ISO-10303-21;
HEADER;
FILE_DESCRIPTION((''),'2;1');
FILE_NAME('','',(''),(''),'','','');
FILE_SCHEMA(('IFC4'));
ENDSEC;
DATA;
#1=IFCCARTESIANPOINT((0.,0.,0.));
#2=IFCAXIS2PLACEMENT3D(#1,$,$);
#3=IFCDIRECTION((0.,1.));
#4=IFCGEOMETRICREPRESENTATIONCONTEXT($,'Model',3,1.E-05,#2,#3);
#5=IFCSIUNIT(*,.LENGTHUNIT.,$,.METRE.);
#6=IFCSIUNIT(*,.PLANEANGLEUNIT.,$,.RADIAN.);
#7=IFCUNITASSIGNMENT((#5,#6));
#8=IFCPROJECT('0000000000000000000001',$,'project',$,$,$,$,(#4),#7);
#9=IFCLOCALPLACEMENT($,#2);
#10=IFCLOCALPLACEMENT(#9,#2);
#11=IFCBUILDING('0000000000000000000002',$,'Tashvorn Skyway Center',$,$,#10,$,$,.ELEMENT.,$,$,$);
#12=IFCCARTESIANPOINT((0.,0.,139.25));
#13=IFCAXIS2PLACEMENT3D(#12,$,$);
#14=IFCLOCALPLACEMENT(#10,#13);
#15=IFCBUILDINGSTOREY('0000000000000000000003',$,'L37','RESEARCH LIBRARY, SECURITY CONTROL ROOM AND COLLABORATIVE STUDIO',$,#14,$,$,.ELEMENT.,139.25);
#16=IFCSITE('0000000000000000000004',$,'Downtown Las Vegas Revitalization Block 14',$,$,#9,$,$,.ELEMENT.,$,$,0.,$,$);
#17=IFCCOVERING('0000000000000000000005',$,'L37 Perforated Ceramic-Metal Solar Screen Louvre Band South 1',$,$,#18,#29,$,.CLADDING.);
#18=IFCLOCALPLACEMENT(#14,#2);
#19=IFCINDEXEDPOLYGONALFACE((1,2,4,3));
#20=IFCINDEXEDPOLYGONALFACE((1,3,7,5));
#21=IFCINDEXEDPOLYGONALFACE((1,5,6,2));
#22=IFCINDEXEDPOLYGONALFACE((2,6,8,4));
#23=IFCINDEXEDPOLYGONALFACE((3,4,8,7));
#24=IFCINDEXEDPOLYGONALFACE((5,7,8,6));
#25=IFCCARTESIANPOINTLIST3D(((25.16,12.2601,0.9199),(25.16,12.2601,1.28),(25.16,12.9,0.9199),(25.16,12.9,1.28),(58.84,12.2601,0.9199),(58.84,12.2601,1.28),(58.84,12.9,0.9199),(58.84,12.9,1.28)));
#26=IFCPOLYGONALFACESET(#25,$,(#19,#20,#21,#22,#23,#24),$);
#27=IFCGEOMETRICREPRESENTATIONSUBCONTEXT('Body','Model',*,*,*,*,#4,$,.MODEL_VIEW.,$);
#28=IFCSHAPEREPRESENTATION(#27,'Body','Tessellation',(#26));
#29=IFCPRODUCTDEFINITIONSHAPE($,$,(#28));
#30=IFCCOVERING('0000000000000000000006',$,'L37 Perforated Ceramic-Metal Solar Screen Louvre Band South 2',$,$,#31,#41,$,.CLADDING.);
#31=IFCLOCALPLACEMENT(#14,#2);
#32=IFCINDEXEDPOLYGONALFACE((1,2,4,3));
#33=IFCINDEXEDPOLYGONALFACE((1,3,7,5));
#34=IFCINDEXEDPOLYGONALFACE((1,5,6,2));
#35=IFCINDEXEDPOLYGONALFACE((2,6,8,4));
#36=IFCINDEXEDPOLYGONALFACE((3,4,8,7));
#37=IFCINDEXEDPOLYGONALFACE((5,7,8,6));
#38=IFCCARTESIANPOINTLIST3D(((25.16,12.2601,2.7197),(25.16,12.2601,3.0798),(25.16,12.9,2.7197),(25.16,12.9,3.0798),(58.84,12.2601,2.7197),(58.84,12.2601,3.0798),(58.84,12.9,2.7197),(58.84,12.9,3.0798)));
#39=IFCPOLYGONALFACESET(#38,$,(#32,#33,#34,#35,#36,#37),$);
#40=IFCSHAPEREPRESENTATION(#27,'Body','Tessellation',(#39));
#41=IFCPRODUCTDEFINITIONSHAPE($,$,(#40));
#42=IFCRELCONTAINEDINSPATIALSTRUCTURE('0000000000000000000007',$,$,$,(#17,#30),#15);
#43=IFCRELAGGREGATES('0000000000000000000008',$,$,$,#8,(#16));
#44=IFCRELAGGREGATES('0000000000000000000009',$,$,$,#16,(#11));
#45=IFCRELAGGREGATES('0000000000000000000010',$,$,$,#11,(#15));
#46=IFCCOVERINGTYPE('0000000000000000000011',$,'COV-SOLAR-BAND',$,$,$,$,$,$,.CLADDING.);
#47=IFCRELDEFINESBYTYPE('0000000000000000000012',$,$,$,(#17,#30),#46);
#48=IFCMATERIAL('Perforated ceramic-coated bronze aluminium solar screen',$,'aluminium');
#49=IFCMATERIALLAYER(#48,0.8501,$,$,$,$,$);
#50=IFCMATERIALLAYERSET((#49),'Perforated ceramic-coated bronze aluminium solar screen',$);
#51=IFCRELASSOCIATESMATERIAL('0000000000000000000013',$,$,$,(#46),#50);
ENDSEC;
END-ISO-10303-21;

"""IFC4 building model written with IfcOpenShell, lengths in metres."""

from ifc_helpers import new_model, si_unit, direction, frame, origin, origin_2d, place, context, subcontext, project, spatial, rectangle, extrude, material, layer, layer_set, type_object, element, save


model = new_model("IFC4")

# Units and contexts
model_context = context("Model", 3, precision=1e-05, world=origin(), true_north=direction((0.0, 1.0)))
body_context = subcontext(model_context, "Body", "Model", "MODEL_VIEW")
ifc_project = project(units=[si_unit("LENGTHUNIT", "METRE"), si_unit("PLANEANGLEUNIT", "RADIAN")], contexts=[model_context])

# Site, building, storey
site_placement = place(None, origin())
site = spatial("IfcSite", under=ifc_project, at=site_placement, Name="Downtown Las Vegas Revitalization Block 14", CompositionType="ELEMENT", RefElevation=0.0)
building_placement = place(site_placement, origin())
building = spatial("IfcBuilding", under=site, at=building_placement, Name="Tashvorn Skyway Center", CompositionType="ELEMENT")
storey_placement = place(building_placement, frame((0.0, 0.0, 139.25)))
storey = spatial("IfcBuildingStorey", under=building, at=storey_placement, Name="L37", Description="RESEARCH LIBRARY, SECURITY CONTROL ROOM AND COLLABORATIVE STUDIO", CompositionType="ELEMENT", Elevation=139.25)

# Coverings
ifc_material_1 = material(Name="Perforated ceramic-coated bronze aluminium solar screen", Category="aluminium")
ifc_layer_1 = layer(ifc_material_1, 0.8501)
ifc_layer_set_1 = layer_set([ifc_layer_1], Name="Perforated ceramic-coated bronze aluminium solar screen")
covering_type = type_object("IfcCoveringType", Name="COV-SOLAR-BAND", PredefinedType="CLADDING", material=ifc_layer_set_1)
for number, where, z_axis, x_axis, name in (
    (1, (42.0, 12.5801, 0.9199), (0.0, 0.0, 1.0), (-1.0, 0.0, 0.0), "L37 Perforated Ceramic-Metal Solar Screen Louvre Band South 1"),
    (2, (42.0, 12.5801, 2.7197), (0.0, 0.0, 1.0), (-1.0, 0.0, 0.0), "L37 Perforated Ceramic-Metal Solar Screen Louvre Band South 2"),
):
    element("IfcCovering", number, at=place(storey_placement, frame(where, z_axis=z_axis, x_axis=x_axis)), inside=storey, type_object=covering_type, Name=name, PredefinedType="CLADDING", context=body_context, shape_type="SweptSolid", body=[
        extrude(rectangle(XDim=33.6799, YDim=0.6399, at=origin_2d()), origin(), (0.0, 0.0, 1.0), 0.3601),
    ])

save(model, "model.ifc")
